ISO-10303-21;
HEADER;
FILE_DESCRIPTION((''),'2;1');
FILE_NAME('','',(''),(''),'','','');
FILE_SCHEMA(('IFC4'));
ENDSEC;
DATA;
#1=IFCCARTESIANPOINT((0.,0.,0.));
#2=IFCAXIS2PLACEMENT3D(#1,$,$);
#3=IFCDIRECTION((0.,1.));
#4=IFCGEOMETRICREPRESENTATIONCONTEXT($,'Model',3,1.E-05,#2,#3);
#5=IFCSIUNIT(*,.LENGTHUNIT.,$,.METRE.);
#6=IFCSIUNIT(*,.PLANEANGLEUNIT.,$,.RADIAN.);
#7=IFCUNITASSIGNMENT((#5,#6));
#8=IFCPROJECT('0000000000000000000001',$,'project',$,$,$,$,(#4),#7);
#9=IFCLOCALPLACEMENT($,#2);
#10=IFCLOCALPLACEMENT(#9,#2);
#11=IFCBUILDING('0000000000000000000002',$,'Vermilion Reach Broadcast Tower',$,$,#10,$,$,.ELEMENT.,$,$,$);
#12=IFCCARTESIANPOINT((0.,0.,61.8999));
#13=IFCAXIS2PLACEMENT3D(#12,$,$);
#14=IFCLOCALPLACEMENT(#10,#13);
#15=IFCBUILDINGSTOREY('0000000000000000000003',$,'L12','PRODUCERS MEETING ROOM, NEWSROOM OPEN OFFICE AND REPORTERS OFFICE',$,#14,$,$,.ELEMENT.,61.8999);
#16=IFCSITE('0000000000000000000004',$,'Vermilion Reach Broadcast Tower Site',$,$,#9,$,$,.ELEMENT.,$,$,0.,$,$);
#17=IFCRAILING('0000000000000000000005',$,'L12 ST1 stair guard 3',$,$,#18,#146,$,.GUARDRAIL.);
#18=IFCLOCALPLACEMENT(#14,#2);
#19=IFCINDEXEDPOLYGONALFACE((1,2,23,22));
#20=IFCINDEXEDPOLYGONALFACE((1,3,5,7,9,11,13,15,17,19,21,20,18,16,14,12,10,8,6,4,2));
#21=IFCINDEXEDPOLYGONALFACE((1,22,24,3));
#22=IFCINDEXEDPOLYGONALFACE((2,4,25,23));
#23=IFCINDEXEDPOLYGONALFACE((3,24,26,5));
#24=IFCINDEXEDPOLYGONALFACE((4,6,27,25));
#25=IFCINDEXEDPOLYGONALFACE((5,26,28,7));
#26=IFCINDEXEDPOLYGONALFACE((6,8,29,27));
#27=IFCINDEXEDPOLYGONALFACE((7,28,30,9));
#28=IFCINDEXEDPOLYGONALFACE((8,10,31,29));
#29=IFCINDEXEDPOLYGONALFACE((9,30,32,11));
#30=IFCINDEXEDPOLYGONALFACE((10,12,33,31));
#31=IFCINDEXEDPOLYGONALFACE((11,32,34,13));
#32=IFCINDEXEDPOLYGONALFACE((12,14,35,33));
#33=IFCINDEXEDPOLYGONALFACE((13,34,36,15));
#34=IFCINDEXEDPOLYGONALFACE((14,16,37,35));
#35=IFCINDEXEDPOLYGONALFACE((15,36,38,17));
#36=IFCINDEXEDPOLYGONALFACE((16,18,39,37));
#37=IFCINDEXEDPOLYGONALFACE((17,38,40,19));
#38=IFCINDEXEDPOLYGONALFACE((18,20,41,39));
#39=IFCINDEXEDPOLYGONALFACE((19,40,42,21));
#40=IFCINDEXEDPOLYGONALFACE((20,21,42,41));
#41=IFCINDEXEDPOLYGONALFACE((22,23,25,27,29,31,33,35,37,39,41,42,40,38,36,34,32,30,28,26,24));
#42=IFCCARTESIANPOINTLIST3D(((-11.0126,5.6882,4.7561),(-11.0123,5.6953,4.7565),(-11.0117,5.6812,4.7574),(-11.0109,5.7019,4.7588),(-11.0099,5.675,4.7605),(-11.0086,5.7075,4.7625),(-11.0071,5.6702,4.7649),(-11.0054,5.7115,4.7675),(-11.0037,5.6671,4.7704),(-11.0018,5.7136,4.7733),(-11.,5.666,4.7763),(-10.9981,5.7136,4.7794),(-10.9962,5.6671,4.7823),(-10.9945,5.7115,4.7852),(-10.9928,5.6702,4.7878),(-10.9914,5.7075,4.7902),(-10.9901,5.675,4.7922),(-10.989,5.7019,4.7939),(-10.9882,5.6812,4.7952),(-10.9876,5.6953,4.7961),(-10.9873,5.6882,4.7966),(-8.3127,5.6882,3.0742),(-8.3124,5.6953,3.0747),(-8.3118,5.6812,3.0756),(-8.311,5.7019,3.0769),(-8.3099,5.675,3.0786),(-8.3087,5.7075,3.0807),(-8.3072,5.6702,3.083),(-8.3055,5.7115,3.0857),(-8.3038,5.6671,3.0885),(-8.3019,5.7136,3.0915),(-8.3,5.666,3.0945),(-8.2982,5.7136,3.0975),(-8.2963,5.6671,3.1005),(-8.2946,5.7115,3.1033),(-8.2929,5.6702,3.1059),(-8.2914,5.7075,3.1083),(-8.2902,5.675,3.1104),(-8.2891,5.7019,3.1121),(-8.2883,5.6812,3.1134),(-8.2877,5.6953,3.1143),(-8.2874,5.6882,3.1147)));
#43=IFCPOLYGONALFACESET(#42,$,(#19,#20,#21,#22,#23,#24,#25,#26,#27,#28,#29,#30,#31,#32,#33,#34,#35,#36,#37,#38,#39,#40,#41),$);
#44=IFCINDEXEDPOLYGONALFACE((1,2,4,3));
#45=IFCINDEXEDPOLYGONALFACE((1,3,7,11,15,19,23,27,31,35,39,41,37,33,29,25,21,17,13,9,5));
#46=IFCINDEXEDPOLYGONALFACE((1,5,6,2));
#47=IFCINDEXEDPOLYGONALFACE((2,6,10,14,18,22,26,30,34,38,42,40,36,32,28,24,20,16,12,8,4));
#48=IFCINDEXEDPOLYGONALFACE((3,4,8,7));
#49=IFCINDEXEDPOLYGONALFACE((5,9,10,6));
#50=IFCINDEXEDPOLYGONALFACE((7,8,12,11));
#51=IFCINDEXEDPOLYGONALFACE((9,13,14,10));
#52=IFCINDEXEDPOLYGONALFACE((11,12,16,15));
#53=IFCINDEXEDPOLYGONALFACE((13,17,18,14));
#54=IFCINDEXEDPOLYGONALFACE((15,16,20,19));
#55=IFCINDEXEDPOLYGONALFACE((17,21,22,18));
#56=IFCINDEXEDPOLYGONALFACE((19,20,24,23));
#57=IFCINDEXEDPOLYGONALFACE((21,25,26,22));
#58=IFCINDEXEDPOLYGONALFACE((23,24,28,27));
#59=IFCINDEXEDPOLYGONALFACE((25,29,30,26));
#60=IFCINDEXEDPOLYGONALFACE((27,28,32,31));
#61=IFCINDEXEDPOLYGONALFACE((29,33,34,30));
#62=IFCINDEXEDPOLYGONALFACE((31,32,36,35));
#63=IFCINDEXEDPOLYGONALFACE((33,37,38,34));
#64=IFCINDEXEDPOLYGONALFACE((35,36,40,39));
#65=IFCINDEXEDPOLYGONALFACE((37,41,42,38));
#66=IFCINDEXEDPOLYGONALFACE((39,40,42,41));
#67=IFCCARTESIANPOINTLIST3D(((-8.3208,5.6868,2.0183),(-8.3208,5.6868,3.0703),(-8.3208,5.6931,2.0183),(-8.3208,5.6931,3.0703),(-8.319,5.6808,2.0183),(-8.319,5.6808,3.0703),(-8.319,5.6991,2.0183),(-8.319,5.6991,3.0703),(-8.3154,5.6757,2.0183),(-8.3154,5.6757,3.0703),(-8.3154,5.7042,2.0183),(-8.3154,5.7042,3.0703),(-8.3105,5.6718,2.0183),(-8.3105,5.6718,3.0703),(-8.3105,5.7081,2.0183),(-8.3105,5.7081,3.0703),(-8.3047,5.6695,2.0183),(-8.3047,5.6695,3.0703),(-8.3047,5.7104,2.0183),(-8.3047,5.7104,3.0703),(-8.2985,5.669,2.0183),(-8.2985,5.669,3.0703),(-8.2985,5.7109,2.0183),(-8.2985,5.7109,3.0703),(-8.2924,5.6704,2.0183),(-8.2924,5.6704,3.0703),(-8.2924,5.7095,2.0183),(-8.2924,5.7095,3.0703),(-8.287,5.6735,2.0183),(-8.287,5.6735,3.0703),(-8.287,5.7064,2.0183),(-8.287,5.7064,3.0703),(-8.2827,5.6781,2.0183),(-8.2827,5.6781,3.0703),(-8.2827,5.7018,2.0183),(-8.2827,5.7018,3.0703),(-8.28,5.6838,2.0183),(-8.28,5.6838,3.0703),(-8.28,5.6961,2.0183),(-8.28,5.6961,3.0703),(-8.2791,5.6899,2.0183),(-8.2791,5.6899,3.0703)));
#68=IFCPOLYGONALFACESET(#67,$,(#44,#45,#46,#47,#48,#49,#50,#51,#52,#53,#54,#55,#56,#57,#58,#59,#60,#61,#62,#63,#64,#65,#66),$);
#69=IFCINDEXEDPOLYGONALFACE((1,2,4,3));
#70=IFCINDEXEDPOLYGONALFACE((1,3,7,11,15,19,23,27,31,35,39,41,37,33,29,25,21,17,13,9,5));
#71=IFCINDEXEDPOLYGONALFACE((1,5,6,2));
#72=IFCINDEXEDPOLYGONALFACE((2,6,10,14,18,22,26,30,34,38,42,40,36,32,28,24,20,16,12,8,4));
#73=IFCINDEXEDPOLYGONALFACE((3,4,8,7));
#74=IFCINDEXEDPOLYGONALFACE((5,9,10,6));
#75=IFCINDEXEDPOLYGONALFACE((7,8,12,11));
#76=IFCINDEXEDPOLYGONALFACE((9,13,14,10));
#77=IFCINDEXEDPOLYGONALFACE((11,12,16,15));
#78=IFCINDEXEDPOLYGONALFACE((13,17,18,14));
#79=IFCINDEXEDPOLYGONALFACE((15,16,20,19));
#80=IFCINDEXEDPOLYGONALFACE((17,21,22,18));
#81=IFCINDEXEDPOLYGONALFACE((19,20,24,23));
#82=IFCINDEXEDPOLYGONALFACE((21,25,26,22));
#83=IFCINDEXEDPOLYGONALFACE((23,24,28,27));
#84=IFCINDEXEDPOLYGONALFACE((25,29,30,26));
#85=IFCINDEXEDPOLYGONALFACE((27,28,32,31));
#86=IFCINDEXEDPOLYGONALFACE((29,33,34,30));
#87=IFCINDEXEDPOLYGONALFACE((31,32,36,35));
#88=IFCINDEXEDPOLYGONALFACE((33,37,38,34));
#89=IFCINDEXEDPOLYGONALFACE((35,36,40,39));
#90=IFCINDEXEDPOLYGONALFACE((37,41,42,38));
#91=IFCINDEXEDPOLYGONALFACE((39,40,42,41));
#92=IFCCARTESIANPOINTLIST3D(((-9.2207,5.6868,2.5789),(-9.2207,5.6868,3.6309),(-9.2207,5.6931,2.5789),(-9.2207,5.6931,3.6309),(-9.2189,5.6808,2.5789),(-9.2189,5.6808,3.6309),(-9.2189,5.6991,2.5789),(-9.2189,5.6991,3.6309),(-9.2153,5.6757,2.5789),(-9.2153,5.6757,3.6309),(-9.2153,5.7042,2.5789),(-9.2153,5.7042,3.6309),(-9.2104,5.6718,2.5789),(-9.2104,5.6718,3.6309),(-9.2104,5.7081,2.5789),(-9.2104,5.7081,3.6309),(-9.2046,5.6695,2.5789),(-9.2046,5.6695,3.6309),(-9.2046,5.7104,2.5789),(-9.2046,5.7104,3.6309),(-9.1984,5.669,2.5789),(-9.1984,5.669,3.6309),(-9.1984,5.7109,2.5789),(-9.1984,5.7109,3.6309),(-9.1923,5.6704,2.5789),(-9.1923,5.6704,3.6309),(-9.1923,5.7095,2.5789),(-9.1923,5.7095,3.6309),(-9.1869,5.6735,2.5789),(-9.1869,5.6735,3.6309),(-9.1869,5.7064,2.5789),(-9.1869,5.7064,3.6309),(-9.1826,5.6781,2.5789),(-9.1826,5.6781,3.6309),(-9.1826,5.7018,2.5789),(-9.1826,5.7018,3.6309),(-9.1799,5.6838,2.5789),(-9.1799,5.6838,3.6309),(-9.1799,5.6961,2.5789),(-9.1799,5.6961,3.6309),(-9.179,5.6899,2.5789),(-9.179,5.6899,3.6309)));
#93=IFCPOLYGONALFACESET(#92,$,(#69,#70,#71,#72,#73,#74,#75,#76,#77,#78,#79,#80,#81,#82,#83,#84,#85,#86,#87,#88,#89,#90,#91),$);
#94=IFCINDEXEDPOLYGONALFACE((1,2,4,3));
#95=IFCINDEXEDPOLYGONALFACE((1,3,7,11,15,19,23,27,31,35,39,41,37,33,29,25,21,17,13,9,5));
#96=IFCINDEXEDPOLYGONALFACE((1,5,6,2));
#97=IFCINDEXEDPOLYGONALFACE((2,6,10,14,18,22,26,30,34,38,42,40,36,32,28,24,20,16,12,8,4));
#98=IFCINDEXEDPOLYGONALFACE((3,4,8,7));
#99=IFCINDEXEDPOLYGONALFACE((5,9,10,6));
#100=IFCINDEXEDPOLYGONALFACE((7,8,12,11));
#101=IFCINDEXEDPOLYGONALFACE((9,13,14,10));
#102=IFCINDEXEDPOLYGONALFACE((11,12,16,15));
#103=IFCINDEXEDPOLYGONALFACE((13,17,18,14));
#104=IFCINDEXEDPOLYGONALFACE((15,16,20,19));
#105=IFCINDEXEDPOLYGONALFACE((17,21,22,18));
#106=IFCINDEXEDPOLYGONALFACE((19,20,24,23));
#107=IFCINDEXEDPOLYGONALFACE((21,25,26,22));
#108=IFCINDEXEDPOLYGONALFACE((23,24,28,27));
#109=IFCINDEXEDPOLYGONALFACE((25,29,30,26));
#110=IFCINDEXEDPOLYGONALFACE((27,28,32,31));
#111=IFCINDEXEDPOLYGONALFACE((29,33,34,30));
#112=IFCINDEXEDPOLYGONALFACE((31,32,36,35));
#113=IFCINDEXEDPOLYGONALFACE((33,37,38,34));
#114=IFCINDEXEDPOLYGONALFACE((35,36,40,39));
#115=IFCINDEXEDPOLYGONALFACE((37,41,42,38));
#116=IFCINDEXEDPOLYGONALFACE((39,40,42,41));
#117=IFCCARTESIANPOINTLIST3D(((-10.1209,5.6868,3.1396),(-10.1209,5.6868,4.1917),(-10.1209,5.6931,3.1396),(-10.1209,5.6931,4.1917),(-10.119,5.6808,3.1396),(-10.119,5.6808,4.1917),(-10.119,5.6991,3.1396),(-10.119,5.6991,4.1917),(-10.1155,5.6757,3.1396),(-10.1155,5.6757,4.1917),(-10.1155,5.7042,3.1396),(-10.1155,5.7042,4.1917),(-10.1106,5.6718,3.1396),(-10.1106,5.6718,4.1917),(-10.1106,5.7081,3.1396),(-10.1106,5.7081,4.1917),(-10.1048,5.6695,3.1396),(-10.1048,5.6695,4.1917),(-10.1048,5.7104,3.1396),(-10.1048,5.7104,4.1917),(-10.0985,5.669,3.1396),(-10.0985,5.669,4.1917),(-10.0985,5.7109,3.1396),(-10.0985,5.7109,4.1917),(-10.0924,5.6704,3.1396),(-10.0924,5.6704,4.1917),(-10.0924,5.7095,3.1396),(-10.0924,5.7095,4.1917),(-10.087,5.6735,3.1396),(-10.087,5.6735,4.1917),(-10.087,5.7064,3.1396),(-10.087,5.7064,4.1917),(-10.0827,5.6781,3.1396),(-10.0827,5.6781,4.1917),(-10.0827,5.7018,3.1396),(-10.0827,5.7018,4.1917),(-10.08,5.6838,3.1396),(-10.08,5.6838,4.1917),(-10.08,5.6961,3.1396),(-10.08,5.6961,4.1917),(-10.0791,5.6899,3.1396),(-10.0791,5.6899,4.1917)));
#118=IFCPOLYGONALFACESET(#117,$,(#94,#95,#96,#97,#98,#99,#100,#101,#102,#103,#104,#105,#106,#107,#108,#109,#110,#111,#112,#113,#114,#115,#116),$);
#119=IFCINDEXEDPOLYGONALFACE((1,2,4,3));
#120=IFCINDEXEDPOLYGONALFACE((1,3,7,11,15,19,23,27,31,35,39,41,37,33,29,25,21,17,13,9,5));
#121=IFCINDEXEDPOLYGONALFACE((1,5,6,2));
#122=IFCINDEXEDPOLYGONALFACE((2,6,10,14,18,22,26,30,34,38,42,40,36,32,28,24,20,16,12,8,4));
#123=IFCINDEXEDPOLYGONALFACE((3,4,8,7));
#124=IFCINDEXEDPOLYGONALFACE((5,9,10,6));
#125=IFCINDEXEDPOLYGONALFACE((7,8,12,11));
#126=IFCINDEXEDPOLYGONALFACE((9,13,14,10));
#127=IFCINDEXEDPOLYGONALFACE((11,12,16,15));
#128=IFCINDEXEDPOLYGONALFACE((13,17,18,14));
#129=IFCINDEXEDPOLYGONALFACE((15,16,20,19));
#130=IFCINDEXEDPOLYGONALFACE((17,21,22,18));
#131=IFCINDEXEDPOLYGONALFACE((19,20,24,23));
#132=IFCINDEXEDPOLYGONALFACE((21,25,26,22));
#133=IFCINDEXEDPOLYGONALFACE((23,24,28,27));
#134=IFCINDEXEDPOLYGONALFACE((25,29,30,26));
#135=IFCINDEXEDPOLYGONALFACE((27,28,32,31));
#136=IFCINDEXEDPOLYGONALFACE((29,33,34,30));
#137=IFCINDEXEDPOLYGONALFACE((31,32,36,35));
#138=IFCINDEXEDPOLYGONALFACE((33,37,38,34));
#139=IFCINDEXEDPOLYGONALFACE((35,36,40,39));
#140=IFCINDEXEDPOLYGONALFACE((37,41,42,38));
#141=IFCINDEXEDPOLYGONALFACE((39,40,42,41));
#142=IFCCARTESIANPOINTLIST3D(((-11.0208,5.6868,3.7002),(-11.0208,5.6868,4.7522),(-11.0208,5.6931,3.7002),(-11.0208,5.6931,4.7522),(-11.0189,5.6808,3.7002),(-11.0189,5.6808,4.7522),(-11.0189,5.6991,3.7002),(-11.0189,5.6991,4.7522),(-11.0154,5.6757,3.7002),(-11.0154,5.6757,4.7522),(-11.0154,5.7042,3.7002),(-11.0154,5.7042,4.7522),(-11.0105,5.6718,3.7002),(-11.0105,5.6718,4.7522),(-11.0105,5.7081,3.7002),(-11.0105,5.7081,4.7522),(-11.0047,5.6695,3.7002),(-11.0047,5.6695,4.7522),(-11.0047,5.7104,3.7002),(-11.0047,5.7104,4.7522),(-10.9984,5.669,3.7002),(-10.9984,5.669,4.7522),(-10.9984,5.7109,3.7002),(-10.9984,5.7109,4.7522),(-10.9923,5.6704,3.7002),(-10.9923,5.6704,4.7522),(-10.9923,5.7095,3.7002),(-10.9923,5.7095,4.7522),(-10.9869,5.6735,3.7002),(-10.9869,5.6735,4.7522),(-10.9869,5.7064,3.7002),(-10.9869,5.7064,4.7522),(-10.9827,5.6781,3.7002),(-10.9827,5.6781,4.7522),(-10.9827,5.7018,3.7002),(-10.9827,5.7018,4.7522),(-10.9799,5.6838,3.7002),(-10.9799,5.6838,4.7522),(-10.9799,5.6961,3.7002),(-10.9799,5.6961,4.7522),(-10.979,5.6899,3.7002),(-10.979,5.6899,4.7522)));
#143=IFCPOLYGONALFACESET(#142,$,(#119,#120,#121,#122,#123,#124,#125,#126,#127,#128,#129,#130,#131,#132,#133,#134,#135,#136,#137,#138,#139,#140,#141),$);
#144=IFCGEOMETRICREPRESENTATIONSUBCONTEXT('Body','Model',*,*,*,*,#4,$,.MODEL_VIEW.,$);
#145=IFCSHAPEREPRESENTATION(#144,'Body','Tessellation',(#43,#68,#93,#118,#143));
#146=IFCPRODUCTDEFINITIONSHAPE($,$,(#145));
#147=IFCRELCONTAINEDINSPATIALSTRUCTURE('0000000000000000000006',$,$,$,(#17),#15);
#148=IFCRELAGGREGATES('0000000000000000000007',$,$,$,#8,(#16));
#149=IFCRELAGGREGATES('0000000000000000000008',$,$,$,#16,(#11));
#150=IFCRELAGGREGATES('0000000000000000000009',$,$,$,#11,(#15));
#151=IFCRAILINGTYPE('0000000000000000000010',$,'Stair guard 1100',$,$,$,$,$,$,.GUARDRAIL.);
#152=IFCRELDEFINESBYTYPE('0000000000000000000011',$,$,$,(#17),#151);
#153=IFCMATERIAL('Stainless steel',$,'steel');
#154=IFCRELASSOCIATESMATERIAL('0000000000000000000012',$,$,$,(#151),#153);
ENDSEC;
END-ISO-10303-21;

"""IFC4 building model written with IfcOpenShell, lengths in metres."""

from ifc_helpers import new_model, si_unit, direction, frame, origin, origin_2d, place, context, subcontext, project, spatial, circle, extrude, material, type_object, element, save


model = new_model("IFC4")

# Units and contexts
model_context = context("Model", 3, precision=1e-05, world=origin(), true_north=direction((0.0, 1.0)))
body_context = subcontext(model_context, "Body", "Model", "MODEL_VIEW")
ifc_project = project(units=[si_unit("LENGTHUNIT", "METRE"), si_unit("PLANEANGLEUNIT", "RADIAN")], contexts=[model_context])

# Site, building, storey
site_placement = place(None, origin())
site = spatial("IfcSite", under=ifc_project, at=site_placement, Name="Vermilion Reach Broadcast Tower Site", CompositionType="ELEMENT", RefElevation=0.0)
building_placement = place(site_placement, origin())
building = spatial("IfcBuilding", under=site, at=building_placement, Name="Vermilion Reach Broadcast Tower", CompositionType="ELEMENT")
storey_placement = place(building_placement, frame((0.0, 0.0, 61.8999)))
storey = spatial("IfcBuildingStorey", under=building, at=storey_placement, Name="L12", Description="PRODUCERS MEETING ROOM, NEWSROOM OPEN OFFICE AND REPORTERS OFFICE", CompositionType="ELEMENT", Elevation=61.8999)

# Railing
ifc_material_1 = material(Name="Stainless steel", Category="steel")
railing_type_1 = type_object("IfcRailingType", Name="Stair guard 1100", PredefinedType="GUARDRAIL", material=ifc_material_1)
railing_1_placement = place(storey_placement, frame((-8.3, 5.6899, 2.0183)))
element("IfcRailing", 1, at=railing_1_placement, inside=storey, type_object=railing_type_1, Name="L12 ST1 stair guard 3", PredefinedType="GUARDRAIL", context=body_context, shape_type="SweptSolid", body=[
    extrude(circle(Radius=0.0239, at=origin_2d()), frame((0.0, 0.0, 1.0762), z_axis=(-0.848786, 0.0, 0.528736), x_axis=(0.0, -1.0, 0.0)), (0.0, 0.0, 1.0), 3.1809),
    extrude(circle(Radius=0.021, at=origin_2d()), origin(), (0.0, 0.0, 1.0), 1.052),
    extrude(circle(Radius=0.021, at=origin_2d()), frame((-0.8999, 0.0, 0.5605)), (0.0, 0.0, 1.0), 1.052),
    extrude(circle(Radius=0.021, at=origin_2d()), frame((-1.8, 0.0, 1.1213)), (0.0, 0.0, 1.0), 1.052),
    extrude(circle(Radius=0.021, at=origin_2d()), frame((-2.7, 0.0, 1.6819)), (0.0, 0.0, 1.0), 1.052),
])

save(model, "model.ifc")
